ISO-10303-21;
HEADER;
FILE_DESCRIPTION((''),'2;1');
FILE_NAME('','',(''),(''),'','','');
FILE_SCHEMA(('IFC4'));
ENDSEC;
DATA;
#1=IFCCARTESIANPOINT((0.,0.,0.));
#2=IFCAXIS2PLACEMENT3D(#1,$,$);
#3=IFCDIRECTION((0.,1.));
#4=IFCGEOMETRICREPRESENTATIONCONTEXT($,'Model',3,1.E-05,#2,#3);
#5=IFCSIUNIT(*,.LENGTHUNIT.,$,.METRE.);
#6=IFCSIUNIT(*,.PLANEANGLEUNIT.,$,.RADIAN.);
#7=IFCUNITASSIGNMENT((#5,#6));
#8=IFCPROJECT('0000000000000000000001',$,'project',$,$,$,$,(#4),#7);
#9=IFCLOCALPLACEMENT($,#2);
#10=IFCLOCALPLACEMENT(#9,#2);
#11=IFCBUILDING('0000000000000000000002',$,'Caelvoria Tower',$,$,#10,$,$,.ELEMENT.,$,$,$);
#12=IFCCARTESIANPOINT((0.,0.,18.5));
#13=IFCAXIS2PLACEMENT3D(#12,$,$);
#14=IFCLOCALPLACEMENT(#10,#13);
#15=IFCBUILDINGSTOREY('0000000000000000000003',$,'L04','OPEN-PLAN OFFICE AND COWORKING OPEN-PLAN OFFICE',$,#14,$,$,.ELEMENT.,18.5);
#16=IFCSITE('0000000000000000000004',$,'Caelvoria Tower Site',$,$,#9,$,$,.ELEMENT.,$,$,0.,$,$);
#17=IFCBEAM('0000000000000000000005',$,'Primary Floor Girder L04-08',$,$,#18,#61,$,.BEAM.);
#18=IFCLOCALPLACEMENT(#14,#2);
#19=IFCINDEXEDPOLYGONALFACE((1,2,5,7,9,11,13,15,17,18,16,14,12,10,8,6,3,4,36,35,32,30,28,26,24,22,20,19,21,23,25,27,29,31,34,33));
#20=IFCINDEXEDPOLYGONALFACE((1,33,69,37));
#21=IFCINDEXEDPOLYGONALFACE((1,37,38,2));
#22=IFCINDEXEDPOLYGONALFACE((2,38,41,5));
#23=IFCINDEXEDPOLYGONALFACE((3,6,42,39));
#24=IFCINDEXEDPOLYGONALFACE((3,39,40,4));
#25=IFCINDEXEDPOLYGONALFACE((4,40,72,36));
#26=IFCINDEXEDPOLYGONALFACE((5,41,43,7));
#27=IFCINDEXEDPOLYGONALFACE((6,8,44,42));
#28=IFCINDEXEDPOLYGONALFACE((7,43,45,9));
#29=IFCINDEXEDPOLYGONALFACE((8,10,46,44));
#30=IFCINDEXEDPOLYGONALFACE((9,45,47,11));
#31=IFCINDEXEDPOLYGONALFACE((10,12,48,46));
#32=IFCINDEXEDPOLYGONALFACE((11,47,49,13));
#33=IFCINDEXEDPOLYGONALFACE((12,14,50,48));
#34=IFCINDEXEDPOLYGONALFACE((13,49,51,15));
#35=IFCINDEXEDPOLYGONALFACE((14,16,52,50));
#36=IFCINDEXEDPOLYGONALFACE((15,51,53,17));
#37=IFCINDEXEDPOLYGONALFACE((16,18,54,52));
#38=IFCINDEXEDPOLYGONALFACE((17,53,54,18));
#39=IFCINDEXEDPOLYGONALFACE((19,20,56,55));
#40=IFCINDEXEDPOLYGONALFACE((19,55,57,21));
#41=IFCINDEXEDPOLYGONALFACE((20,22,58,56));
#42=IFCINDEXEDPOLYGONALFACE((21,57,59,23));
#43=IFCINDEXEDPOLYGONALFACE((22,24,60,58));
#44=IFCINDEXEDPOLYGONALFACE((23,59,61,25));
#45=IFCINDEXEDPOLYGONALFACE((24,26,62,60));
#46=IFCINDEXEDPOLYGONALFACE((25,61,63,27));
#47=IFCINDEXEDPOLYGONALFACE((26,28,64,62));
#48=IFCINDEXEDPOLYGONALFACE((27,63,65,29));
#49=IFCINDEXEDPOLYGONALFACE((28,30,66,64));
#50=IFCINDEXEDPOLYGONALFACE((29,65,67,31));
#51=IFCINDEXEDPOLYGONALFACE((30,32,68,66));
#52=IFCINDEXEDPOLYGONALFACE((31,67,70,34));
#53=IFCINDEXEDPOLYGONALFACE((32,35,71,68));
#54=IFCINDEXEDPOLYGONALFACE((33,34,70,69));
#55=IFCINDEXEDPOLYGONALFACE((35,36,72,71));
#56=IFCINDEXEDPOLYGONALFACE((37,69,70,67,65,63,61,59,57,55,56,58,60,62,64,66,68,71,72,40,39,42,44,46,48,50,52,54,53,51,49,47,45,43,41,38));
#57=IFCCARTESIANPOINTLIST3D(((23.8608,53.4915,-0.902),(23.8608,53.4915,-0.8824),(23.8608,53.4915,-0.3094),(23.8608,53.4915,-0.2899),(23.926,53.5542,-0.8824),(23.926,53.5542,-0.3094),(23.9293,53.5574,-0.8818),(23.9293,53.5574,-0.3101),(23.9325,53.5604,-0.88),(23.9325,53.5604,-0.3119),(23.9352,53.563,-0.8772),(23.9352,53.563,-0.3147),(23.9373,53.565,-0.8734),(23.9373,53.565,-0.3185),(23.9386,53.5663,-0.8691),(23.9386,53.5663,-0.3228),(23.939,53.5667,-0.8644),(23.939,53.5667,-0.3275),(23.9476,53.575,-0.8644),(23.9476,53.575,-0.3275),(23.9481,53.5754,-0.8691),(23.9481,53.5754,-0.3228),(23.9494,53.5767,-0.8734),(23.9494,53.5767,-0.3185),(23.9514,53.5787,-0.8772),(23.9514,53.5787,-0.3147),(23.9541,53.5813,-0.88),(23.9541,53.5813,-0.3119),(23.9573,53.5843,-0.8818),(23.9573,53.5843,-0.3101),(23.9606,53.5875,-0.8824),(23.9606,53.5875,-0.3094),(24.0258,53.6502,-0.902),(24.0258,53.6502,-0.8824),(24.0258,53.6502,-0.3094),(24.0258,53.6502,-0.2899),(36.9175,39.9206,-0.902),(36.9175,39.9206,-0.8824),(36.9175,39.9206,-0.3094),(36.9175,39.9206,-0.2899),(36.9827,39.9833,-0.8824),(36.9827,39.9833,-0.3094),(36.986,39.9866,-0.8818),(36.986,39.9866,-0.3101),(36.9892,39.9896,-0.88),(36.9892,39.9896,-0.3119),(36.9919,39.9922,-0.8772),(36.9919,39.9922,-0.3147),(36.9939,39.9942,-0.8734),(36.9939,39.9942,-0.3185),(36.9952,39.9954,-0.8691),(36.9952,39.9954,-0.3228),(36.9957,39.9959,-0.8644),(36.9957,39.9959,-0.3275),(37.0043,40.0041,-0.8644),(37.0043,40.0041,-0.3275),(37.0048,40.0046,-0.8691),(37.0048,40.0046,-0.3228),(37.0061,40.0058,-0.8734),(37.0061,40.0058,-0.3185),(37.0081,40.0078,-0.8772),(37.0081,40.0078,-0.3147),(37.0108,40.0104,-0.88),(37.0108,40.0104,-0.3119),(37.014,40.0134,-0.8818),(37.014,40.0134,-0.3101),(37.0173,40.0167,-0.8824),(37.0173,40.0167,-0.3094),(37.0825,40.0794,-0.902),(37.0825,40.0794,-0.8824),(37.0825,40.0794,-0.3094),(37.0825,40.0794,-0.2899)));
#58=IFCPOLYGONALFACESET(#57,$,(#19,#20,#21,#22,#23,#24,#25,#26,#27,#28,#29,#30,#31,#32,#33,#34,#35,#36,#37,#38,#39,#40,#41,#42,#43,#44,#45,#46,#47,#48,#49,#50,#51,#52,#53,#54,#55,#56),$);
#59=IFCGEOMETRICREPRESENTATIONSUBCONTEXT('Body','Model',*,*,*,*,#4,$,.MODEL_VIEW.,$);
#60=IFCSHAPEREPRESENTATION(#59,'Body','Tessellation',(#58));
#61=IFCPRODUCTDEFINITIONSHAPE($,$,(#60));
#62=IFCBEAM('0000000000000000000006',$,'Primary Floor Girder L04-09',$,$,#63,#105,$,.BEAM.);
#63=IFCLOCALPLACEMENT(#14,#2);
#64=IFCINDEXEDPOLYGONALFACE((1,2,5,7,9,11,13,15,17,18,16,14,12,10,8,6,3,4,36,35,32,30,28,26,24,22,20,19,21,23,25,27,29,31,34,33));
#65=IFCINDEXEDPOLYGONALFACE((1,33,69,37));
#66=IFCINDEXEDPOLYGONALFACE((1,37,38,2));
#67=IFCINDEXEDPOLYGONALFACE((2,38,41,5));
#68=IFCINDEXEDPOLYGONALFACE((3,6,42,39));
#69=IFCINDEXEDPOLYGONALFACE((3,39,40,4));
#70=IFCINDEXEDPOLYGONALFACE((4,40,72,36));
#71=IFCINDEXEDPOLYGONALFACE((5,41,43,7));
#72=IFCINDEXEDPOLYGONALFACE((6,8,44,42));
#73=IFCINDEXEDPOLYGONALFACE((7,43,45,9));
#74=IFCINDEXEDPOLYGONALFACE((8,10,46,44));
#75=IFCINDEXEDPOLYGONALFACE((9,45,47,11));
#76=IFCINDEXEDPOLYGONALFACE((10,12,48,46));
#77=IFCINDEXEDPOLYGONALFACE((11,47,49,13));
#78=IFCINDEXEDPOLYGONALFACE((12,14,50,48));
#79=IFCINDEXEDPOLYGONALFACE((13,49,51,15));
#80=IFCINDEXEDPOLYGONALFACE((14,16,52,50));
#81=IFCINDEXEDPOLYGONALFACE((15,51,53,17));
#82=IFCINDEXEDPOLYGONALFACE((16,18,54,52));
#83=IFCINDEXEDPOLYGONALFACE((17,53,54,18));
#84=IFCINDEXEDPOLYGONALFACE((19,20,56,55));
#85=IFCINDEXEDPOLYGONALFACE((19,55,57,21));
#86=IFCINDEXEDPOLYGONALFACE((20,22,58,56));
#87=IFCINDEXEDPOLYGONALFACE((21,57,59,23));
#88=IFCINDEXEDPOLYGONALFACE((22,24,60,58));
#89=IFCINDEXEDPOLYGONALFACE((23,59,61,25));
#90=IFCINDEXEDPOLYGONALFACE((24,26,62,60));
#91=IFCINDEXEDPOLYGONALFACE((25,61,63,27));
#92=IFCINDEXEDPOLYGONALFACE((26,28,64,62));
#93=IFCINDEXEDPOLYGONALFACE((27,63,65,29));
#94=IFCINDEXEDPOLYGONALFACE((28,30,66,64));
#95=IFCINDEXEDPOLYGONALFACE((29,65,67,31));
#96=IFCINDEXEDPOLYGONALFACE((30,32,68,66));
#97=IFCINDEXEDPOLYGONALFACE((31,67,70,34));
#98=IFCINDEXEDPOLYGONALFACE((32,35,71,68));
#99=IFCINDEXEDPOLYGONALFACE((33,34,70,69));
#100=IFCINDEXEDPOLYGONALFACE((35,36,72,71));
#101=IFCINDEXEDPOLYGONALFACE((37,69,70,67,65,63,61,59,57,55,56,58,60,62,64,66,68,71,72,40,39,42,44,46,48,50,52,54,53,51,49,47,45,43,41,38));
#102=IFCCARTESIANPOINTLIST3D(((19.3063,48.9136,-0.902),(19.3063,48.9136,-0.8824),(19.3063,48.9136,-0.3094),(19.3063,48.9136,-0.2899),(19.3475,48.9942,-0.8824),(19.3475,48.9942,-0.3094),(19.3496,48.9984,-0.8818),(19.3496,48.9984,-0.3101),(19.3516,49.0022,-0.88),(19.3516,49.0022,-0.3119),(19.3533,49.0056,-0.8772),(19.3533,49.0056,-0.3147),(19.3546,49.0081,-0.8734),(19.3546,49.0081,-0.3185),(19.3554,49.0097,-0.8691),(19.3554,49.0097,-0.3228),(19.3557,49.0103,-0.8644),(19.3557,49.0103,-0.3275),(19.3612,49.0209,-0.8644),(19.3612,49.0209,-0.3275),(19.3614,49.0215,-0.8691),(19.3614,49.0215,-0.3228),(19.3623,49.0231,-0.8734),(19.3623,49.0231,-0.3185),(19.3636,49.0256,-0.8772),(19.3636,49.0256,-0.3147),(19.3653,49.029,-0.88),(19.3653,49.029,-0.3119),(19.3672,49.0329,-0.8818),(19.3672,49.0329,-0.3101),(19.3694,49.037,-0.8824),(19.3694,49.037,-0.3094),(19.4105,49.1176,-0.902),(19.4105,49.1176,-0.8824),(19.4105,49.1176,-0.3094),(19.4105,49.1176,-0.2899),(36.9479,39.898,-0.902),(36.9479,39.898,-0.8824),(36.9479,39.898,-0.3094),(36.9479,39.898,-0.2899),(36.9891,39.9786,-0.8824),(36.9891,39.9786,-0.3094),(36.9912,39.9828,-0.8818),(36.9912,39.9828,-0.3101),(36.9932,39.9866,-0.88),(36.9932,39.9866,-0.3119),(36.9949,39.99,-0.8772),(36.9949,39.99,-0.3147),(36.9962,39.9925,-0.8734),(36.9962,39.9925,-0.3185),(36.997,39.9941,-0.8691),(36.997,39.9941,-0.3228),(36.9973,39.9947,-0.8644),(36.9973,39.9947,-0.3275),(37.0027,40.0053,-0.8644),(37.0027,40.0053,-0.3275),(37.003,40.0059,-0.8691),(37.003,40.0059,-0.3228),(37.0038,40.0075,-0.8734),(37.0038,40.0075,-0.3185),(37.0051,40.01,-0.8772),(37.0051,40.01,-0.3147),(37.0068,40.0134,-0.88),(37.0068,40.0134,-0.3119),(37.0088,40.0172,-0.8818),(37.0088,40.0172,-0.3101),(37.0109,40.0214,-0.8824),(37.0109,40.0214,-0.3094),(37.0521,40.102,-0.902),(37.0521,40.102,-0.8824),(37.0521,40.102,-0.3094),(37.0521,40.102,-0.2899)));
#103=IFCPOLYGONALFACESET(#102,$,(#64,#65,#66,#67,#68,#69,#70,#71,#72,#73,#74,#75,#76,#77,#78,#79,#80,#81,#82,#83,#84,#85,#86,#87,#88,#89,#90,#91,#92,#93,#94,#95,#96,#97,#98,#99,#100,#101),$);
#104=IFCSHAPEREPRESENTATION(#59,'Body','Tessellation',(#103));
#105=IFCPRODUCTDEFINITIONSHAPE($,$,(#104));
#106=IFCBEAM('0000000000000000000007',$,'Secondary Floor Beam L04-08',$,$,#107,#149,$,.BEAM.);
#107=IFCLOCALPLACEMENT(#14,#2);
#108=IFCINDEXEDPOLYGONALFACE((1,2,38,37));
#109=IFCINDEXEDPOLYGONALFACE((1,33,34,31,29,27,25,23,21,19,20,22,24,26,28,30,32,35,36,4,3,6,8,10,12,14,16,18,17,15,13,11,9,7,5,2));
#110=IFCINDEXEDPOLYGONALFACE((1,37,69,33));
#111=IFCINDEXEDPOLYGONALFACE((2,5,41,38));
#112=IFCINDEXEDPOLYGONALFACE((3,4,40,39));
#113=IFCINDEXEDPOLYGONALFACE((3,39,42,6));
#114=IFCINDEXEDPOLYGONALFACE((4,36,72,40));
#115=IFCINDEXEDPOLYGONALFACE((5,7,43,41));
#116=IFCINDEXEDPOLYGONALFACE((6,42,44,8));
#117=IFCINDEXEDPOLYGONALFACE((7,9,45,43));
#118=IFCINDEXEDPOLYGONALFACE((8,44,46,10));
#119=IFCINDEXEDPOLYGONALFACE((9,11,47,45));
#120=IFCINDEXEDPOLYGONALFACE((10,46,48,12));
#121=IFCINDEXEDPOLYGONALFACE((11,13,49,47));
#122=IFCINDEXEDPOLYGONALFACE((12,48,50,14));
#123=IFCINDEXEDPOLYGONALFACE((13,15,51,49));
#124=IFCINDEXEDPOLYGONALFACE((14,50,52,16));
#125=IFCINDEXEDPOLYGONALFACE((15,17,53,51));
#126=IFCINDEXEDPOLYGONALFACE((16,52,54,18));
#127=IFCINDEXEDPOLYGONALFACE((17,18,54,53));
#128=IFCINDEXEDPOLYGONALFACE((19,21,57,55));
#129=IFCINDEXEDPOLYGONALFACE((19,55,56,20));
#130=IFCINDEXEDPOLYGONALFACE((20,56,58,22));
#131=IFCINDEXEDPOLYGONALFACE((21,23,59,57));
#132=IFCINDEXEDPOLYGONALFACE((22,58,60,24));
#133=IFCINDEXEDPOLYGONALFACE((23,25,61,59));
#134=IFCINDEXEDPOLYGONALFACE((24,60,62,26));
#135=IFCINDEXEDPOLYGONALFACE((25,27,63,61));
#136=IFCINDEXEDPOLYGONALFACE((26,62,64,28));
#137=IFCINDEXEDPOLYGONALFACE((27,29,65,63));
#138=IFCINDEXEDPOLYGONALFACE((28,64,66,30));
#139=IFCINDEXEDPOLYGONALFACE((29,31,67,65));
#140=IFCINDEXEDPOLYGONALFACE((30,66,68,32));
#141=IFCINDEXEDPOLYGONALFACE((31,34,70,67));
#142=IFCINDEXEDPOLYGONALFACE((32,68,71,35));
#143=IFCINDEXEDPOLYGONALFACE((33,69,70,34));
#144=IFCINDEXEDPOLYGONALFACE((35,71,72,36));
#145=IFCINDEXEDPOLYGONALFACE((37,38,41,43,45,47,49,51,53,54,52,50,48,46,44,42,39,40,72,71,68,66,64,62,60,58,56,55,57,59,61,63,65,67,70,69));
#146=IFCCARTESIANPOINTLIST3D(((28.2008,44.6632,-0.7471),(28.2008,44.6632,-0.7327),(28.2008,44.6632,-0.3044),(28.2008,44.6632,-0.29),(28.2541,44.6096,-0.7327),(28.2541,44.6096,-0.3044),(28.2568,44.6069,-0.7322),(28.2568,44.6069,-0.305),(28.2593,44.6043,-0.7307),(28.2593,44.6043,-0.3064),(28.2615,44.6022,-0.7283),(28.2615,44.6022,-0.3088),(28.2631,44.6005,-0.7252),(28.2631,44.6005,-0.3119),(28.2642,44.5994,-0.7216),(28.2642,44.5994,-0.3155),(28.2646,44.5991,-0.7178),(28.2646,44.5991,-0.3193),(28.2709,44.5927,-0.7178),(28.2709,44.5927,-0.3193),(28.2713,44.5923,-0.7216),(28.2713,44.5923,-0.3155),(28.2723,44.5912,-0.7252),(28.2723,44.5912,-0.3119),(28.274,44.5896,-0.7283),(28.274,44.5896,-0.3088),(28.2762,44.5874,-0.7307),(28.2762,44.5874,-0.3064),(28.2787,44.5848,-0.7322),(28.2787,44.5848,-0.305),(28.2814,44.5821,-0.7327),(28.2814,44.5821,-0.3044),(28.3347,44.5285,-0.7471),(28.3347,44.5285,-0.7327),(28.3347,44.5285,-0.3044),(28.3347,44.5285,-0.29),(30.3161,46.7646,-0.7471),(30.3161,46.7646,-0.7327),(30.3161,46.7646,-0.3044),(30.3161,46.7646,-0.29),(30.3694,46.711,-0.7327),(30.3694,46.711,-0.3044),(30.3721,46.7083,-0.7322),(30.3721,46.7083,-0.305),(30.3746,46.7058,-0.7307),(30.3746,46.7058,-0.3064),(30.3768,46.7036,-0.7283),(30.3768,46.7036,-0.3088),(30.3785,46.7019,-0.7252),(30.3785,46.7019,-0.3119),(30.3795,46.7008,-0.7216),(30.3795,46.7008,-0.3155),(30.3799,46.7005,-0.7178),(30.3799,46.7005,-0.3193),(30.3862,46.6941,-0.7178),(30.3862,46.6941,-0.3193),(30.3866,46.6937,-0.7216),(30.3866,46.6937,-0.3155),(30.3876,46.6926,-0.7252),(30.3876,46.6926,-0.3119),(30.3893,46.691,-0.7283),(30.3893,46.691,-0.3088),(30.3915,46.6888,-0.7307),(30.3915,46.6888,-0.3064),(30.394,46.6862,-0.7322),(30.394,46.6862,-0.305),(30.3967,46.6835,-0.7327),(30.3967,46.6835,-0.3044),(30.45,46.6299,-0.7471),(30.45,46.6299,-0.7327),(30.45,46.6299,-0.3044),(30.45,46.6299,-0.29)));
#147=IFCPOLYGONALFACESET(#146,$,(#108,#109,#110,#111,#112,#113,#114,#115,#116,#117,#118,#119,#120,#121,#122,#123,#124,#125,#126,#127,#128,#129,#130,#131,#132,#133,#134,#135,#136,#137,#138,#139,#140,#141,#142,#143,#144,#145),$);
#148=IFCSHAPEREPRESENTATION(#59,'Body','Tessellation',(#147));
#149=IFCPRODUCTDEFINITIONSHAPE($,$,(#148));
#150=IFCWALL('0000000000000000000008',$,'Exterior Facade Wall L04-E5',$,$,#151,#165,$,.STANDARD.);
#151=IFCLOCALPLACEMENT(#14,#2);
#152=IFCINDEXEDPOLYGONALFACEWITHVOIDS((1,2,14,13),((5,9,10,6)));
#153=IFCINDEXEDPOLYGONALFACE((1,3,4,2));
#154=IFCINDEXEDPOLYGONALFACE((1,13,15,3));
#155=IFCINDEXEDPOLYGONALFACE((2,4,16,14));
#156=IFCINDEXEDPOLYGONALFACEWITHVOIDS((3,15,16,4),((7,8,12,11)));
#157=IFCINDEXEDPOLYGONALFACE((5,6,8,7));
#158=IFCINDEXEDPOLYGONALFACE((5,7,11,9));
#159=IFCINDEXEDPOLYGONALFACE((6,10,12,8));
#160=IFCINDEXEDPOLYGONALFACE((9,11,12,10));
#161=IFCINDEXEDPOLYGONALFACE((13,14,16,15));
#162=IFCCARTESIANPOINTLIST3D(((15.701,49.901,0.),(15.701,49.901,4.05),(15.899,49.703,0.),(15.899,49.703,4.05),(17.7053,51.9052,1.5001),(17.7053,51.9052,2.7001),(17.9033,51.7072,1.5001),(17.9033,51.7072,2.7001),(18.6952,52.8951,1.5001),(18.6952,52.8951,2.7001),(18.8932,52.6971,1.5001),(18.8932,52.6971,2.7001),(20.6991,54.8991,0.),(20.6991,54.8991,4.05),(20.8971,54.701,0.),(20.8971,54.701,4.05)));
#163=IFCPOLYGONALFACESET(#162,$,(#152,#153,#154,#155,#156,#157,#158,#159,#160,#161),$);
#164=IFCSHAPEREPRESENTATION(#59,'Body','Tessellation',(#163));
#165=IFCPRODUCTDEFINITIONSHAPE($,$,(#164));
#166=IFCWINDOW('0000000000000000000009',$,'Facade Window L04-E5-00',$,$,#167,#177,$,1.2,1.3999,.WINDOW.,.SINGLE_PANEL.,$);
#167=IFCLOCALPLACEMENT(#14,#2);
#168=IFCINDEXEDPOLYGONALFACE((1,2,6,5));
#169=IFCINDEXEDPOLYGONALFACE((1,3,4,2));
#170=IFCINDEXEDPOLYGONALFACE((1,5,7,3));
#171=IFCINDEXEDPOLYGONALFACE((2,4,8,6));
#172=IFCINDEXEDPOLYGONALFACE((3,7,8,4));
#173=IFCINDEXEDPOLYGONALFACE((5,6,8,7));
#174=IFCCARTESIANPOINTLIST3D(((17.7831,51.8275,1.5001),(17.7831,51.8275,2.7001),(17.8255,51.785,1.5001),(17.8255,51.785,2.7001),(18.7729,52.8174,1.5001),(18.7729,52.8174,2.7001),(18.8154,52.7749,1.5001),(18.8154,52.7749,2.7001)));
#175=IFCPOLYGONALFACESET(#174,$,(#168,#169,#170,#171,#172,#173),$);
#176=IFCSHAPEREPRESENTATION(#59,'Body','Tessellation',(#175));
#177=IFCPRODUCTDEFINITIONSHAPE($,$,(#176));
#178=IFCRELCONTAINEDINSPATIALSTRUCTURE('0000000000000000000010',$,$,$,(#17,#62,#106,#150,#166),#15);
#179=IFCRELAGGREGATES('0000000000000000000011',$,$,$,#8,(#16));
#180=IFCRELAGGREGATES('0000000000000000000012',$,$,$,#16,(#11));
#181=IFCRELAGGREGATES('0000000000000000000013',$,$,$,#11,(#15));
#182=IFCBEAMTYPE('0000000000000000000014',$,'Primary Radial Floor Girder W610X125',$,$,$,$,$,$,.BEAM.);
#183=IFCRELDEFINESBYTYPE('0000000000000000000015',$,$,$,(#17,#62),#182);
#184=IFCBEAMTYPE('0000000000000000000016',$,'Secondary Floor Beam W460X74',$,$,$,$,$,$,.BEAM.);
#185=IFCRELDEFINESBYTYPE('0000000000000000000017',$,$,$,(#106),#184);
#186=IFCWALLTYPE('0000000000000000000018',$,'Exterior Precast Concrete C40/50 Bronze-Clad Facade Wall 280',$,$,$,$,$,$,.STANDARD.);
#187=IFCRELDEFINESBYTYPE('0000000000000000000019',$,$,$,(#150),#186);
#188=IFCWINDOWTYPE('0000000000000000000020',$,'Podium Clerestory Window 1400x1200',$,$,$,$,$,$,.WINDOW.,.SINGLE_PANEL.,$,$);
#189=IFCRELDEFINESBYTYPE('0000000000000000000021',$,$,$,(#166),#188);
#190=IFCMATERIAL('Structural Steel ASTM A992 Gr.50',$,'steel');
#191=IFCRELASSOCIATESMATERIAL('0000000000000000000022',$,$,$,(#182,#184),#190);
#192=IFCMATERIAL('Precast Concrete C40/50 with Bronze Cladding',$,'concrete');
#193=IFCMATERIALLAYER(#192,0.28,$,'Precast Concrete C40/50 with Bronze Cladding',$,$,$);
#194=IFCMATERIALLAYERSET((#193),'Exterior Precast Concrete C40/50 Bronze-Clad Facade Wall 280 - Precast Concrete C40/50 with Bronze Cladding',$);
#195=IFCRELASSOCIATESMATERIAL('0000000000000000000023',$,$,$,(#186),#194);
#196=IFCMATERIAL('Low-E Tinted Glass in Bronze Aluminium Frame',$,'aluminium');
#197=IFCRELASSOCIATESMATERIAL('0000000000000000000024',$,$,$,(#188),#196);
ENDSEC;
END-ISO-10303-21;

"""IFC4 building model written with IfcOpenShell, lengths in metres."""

from ifc_helpers import new_model, si_unit, direction, frame, frame_2d, origin, origin_2d, place, context, subcontext, project, spatial, rectangle, i_section, extrude, material, layer, layer_set, material_profile, profile_set, type_object, element, fill, save


model = new_model("IFC4")

# Units and contexts
model_context = context("Model", 3, precision=1e-05, world=origin(), true_north=direction((0.0, 1.0)))
body_context = subcontext(model_context, "Body", "Model", "MODEL_VIEW")
ifc_project = project(units=[si_unit("LENGTHUNIT", "METRE"), si_unit("PLANEANGLEUNIT", "RADIAN")], contexts=[model_context])

# Site, building, storey
site_placement = place(None, origin())
site = spatial("IfcSite", under=ifc_project, at=site_placement, Name="Caelvoria Tower Site", CompositionType="ELEMENT", RefElevation=0.0)
building_placement = place(site_placement, origin())
building = spatial("IfcBuilding", under=site, at=building_placement, Name="Caelvoria Tower", CompositionType="ELEMENT")
storey_placement = place(building_placement, frame((0.0, 0.0, 18.5)))
storey = spatial("IfcBuildingStorey", under=building, at=storey_placement, Name="L04", Description="OPEN-PLAN OFFICE AND COWORKING OPEN-PLAN OFFICE", CompositionType="ELEMENT", Elevation=18.5)

# Beams
ifc_material_1 = material(Name="Structural Steel ASTM A992 Gr.50", Category="steel")
ifc_material_profile_1 = material_profile(ifc_material_1, i_section(OverallWidth=0.229, OverallDepth=0.6121, WebThickness=0.012, FlangeThickness=0.0195, FilletRadius=0.0181, at=origin_2d()), Name="Structural Steel ASTM A992 Gr.50")
ifc_profile_set_1 = profile_set([ifc_material_profile_1], Name="W610X125 - Structural Steel ASTM A992 Gr.50")
beam_type_1 = type_object("IfcBeamType", Name="Primary Radial Floor Girder W610X125", PredefinedType="BEAM", material=ifc_profile_set_1)
beam_1_placement = place(storey_placement, frame((37.0, 40.0, -0.5959), z_axis=(-0.693324, 0.720626, 0.0), x_axis=(-0.720626, -0.693324, 0.0)))
element("IfcBeam", 1, at=beam_1_placement, inside=storey, type_object=beam_type_1, Name="Primary Floor Girder L04-08", PredefinedType="BEAM", context=body_context, shape_type="SweptSolid", body=[
    extrude(i_section(OverallWidth=0.229, OverallDepth=0.6121, WebThickness=0.012, FlangeThickness=0.0195, FilletRadius=0.0181, at=origin_2d()), origin(), (0.0, 0.0, 1.0), 18.832),
])
beam_2_placement = place(storey_placement, frame((37.0, 40.0, -0.5959), z_axis=(-0.890459, 0.455063, 0.0), x_axis=(-0.455063, -0.890459, 0.0)))
element("IfcBeam", 2, at=beam_2_placement, inside=storey, type_object=beam_type_1, Name="Primary Floor Girder L04-09", PredefinedType="BEAM", context=body_context, shape_type="SweptSolid", body=[
    extrude(i_section(OverallWidth=0.229, OverallDepth=0.6121, WebThickness=0.012, FlangeThickness=0.0195, FilletRadius=0.0181, at=origin_2d()), origin(), (0.0, 0.0, 1.0), 19.8118),
])
ifc_material_profile_2 = material_profile(ifc_material_1, i_section(OverallWidth=0.1899, OverallDepth=0.457, WebThickness=0.009, FlangeThickness=0.0144, FilletRadius=0.0149, at=origin_2d()), Name="Structural Steel ASTM A992 Gr.50")
ifc_profile_set_2 = profile_set([ifc_material_profile_2], Name="W460X74 - Structural Steel ASTM A992 Gr.50")
beam_type_2 = type_object("IfcBeamType", Name="Secondary Floor Beam W460X74", PredefinedType="BEAM", material=ifc_profile_set_2)
beam_3_placement = place(storey_placement, frame((30.3831, 46.6973, -0.5186), z_axis=(-0.709437, -0.704769, 0.0), x_axis=(0.704769, -0.709437, 0.0)))
element("IfcBeam", 3, at=beam_3_placement, inside=storey, type_object=beam_type_2, Name="Secondary Floor Beam L04-08", PredefinedType="BEAM", context=body_context, shape_type="SweptSolid", body=[
    extrude(i_section(OverallWidth=0.1899, OverallDepth=0.457, WebThickness=0.009, FlangeThickness=0.0144, FilletRadius=0.0149, at=origin_2d()), origin(), (0.0, 0.0, 1.0), 2.9817),
])

# Wall, opening, window
ifc_material_2 = material(Name="Precast Concrete C40/50 with Bronze Cladding", Category="concrete")
ifc_layer_1 = layer(ifc_material_2, 0.28, Name="Precast Concrete C40/50 with Bronze Cladding")
ifc_layer_set_1 = layer_set([ifc_layer_1], Name="Exterior Precast Concrete C40/50 Bronze-Clad Facade Wall 280 - Precast Concrete C40/50 with Bronze Cladding")
wall_type_1 = type_object("IfcWallType", Name="Exterior Precast Concrete C40/50 Bronze-Clad Facade Wall 280", PredefinedType="STANDARD", material=ifc_layer_set_1)
wall_1_placement = place(storey_placement, frame((20.7981, 54.8, 0.0), z_axis=(0.0, 0.0, 1.0), x_axis=(-0.707107, -0.707107, 0.0)))
wall_1 = element("IfcWall", 4, at=wall_1_placement, inside=storey, type_object=wall_type_1, Name="Exterior Facade Wall L04-E5", PredefinedType="STANDARD", context=body_context, shape_type="SweptSolid", body=[
    extrude(rectangle(XDim=7.0684, YDim=0.28, at=frame_2d((3.5342, 0.0))), origin(), (0.0, 0.0, 1.0), 4.05),
])
opening_1_placement = place(wall_1_placement, frame((2.834, 0.0, 1.5)))
opening_1 = element("IfcOpeningElement", 5, at=opening_1_placement, cuts=wall_1, PredefinedType="OPENING", context=body_context, shape_type="SweptSolid", body=[
    extrude(rectangle(XDim=1.3999, YDim=1.2, at=frame_2d((0.7, 0.6001))), frame((0.0, 0.1499, 0.0), z_axis=(0.0, -1.0, 0.0), x_axis=(1.0, 0.0, 0.0)), (0.0, 0.0, 1.0), 0.3),
])
ifc_material_3 = material(Name="Low-E Tinted Glass in Bronze Aluminium Frame", Category="aluminium")
window_type_1 = type_object("IfcWindowType", Name="Podium Clerestory Window 1400x1200", PartitioningType="SINGLE_PANEL", PredefinedType="WINDOW", material=ifc_material_3)
window_1_placement = place(opening_1_placement, origin())
window_1 = element("IfcWindow", 6, at=window_1_placement, inside=storey, type_object=window_type_1, Name="Facade Window L04-E5-00", OverallHeight=1.2, OverallWidth=1.3999, PartitioningType="SINGLE_PANEL", PredefinedType="WINDOW", context=body_context, shape_type="SweptSolid", body=[
    extrude(rectangle(XDim=1.3999, YDim=1.2, at=frame_2d((0.7, 0.6001))), frame((0.0, 0.03, 0.0), z_axis=(0.0, -1.0, 0.0), x_axis=(1.0, 0.0, 0.0)), (0.0, 0.0, 1.0), 0.0601),
])
fill(opening_1, window_1)

save(model, "model.ifc")
